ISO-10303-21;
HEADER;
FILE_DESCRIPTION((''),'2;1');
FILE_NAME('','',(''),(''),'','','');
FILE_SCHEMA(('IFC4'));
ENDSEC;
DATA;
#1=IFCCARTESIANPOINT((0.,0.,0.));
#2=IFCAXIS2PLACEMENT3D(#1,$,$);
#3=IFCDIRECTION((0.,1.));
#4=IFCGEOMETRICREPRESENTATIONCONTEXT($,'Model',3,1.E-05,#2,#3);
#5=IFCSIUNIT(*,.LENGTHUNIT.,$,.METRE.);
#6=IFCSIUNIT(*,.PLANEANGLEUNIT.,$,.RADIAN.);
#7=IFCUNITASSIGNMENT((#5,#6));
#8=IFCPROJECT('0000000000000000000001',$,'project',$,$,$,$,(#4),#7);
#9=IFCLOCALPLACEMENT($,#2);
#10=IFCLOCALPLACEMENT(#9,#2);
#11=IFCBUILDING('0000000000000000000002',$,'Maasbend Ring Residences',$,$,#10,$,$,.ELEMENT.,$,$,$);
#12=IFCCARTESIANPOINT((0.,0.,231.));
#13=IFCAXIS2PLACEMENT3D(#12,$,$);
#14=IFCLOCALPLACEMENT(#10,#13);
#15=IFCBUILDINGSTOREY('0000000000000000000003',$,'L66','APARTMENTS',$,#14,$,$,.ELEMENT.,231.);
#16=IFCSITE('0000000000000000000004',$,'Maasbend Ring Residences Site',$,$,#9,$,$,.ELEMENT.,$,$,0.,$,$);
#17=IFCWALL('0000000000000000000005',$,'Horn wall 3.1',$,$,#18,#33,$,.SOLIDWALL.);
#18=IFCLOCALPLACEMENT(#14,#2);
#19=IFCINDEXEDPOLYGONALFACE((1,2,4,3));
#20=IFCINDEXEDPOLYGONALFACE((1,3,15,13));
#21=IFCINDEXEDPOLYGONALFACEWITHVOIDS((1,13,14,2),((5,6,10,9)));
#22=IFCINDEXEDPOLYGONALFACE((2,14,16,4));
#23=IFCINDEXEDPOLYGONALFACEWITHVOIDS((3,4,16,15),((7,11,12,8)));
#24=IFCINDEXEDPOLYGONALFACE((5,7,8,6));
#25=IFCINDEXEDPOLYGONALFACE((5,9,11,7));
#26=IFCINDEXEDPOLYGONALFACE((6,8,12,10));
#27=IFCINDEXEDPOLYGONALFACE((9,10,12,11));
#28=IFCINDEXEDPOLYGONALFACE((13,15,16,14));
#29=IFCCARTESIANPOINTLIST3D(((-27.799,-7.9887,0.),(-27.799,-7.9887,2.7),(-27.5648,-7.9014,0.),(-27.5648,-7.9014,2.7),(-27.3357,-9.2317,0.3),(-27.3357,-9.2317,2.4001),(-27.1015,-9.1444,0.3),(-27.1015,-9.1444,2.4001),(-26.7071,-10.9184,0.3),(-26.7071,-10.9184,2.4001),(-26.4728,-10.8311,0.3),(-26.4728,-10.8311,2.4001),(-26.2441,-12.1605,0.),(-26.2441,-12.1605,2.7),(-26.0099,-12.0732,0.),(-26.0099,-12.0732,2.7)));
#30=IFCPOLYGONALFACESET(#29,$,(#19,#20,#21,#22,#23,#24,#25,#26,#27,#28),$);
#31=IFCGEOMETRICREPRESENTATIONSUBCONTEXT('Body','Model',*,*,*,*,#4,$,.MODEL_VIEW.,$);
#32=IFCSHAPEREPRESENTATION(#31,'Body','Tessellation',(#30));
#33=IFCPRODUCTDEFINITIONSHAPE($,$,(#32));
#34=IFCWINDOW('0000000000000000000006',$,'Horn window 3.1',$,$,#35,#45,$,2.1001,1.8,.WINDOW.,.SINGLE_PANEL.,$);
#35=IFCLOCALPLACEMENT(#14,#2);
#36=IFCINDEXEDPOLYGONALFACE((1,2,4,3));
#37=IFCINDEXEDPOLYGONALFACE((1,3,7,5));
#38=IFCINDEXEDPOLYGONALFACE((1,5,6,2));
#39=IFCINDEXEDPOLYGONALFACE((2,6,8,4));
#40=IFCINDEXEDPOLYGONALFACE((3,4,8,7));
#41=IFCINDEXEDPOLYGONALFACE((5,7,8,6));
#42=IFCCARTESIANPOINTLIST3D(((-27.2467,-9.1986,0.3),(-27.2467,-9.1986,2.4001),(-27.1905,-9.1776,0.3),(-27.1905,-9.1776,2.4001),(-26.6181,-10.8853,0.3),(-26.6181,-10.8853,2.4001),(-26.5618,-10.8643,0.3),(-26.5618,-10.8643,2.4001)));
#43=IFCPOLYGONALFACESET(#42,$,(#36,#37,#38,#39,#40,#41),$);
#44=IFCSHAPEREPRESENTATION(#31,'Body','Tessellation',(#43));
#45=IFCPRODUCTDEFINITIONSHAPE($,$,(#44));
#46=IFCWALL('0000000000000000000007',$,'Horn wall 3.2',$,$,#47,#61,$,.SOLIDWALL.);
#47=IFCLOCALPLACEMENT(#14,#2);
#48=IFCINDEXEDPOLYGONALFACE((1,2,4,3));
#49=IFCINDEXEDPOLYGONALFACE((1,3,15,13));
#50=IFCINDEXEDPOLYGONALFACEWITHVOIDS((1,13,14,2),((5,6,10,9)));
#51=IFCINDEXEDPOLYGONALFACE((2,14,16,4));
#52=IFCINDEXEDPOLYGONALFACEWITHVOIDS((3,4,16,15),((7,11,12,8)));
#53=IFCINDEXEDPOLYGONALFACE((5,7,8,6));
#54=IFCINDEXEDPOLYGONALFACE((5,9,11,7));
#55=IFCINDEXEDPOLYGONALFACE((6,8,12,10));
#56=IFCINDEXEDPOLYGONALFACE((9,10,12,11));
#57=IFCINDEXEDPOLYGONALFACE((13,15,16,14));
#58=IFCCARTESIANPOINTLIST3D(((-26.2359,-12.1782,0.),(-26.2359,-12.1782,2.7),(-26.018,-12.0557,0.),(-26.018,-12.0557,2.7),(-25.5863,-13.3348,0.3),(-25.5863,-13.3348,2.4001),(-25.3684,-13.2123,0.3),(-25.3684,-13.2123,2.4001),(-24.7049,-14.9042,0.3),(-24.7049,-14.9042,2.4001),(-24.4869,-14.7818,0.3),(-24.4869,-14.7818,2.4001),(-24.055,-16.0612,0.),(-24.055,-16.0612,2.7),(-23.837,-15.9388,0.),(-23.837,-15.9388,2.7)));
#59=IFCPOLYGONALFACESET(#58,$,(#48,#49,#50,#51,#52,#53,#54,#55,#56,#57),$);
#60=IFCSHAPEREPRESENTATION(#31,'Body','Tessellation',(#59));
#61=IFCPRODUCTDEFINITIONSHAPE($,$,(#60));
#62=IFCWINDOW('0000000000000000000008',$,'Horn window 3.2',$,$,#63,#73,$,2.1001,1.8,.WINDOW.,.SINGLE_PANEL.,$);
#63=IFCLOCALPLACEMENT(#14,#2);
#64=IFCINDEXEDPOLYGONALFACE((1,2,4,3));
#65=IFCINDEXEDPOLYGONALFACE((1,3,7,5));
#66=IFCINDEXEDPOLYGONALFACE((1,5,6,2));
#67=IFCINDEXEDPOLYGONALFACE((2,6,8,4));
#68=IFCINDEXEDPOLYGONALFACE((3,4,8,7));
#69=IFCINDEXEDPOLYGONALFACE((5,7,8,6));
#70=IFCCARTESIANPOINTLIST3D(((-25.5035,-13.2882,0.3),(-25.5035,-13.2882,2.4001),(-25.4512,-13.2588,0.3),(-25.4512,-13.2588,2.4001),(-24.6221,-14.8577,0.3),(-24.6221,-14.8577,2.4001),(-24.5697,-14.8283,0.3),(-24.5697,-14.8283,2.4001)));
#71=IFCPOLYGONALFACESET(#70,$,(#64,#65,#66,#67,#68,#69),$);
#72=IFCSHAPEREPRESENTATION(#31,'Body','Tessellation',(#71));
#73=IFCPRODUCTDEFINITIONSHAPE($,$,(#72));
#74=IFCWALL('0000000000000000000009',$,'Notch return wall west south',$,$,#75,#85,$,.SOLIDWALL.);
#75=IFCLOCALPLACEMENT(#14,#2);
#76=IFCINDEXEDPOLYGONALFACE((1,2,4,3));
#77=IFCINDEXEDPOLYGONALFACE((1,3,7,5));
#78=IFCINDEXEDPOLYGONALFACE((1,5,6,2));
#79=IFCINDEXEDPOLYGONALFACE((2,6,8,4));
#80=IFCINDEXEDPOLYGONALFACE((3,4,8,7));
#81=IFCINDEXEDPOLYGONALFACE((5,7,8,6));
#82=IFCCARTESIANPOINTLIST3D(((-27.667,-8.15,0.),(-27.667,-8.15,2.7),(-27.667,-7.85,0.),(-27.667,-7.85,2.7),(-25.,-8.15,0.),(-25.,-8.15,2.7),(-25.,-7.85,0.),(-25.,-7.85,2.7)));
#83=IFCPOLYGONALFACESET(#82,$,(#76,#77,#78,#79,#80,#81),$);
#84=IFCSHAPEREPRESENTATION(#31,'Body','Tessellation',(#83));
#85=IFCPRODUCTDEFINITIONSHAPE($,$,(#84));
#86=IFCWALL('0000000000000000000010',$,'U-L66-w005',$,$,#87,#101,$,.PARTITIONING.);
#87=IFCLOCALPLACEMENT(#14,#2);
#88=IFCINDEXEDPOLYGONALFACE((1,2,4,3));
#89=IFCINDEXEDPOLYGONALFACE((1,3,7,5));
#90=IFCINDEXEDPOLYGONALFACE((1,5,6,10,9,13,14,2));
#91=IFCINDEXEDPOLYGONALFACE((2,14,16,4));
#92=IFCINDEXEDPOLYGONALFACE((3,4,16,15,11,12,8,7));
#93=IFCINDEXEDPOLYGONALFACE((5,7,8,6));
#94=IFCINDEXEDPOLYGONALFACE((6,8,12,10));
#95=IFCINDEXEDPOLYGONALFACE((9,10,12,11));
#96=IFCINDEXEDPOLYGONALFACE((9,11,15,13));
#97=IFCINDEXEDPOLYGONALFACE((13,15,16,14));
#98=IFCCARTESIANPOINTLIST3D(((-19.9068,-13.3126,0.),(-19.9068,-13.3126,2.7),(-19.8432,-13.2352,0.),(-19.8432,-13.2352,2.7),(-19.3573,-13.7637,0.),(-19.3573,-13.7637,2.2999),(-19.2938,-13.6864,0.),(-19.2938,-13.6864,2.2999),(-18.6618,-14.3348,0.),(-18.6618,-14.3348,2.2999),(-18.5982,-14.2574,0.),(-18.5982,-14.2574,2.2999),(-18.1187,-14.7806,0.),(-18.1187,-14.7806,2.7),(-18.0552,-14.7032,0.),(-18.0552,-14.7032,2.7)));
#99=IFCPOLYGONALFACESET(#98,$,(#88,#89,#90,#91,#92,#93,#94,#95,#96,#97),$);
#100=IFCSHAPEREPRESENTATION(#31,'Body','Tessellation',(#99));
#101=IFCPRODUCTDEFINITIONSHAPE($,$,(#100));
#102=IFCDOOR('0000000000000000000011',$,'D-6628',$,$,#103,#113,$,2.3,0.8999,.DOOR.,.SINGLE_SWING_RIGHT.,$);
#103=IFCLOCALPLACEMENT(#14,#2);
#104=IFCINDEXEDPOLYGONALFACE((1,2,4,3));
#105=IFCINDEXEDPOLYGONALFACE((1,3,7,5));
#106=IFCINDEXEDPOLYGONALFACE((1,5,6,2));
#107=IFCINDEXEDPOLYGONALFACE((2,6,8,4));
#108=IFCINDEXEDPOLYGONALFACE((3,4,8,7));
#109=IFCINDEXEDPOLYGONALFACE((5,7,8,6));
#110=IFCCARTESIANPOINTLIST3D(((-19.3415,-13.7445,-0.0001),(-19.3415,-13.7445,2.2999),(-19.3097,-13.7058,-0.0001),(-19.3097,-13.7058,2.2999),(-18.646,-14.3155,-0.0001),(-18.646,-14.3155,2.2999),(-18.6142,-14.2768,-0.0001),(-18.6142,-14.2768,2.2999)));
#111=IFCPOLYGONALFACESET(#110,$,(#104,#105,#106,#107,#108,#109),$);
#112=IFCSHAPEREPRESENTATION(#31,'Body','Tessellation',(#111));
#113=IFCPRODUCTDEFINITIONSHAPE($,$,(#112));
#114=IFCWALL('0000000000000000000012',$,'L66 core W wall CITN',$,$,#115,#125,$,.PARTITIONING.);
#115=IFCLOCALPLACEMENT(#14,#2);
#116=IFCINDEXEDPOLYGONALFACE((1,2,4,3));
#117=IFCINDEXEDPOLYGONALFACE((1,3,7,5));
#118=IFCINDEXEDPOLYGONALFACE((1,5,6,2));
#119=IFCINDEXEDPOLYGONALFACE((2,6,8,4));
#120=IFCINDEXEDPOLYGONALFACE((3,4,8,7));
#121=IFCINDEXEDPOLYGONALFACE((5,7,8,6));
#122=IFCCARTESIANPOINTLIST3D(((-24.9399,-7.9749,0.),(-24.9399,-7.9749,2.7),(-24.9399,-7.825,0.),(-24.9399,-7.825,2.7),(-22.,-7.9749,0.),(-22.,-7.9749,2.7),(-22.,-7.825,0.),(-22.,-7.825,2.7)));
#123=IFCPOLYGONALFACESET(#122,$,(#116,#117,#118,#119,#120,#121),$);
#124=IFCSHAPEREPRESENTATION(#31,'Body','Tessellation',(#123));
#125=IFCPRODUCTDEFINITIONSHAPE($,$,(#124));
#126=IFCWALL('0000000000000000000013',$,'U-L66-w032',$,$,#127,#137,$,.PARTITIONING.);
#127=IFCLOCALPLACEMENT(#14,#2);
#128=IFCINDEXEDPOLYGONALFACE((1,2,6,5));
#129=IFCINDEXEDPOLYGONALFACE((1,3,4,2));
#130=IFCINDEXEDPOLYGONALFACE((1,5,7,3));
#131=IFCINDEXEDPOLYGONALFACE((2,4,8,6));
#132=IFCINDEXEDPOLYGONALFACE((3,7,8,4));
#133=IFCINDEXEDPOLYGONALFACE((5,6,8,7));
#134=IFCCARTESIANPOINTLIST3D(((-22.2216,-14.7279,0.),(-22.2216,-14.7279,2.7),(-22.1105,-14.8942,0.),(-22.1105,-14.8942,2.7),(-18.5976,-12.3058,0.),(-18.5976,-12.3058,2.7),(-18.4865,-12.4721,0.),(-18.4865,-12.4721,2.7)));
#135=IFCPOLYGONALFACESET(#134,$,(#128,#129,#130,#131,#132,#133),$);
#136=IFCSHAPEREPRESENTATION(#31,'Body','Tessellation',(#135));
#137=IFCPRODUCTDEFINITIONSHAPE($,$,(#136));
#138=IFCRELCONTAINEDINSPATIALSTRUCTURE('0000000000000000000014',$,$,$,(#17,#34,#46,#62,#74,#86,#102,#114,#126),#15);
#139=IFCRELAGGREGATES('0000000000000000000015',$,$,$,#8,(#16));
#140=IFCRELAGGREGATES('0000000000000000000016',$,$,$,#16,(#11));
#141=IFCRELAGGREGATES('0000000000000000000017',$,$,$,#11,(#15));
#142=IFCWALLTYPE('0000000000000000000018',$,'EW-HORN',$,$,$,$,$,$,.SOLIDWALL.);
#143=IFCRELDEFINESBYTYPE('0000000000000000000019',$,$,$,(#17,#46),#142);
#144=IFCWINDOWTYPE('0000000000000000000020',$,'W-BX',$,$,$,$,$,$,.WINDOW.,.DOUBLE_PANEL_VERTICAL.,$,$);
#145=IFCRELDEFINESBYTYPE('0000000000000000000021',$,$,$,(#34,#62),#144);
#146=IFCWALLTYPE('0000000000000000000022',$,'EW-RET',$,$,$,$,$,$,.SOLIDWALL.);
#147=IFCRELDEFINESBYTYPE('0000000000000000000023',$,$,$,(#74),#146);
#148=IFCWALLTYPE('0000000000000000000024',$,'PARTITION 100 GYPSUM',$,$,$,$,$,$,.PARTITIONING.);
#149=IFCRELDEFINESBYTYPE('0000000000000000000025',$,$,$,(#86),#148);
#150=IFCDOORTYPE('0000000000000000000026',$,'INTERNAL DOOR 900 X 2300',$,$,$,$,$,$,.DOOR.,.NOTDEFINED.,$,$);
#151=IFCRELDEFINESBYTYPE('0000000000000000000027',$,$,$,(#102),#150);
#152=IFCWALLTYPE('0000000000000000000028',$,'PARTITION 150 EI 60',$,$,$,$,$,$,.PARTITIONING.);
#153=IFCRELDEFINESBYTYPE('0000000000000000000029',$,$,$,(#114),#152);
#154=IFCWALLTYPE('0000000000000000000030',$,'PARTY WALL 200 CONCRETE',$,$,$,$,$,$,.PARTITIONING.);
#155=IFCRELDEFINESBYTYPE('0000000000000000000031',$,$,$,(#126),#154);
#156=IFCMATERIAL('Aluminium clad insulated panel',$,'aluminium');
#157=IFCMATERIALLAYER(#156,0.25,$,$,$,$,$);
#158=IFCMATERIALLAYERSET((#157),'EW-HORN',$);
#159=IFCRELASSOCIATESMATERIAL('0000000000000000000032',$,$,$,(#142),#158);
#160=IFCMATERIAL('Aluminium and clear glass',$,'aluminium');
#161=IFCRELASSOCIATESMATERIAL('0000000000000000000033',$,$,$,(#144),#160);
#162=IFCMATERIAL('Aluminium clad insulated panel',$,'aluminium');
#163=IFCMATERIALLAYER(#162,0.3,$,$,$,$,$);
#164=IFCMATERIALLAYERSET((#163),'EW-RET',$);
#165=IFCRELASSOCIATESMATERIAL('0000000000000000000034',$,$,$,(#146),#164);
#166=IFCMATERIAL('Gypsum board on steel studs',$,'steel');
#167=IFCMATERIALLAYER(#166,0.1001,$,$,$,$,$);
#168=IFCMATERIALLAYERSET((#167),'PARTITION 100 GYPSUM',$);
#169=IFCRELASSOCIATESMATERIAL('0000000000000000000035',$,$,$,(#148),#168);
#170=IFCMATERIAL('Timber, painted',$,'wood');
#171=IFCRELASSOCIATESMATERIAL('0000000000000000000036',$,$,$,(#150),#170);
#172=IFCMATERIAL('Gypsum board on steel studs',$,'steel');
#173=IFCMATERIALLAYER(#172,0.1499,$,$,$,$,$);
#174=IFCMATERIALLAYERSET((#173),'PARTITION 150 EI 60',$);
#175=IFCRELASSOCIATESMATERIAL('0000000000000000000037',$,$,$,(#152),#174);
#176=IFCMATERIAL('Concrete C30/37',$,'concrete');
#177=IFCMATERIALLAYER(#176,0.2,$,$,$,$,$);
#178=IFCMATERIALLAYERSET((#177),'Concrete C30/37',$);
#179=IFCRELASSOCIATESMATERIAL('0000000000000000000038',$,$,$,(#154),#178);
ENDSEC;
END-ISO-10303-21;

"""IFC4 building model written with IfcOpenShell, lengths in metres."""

from ifc_helpers import new_model, si_unit, direction, frame, frame_2d, origin, place, context, subcontext, project, spatial, rectangle, extrude, material, layer, layer_set, type_object, element, fill, save


model = new_model("IFC4")

# Units and contexts
model_context = context("Model", 3, precision=1e-05, world=origin(), true_north=direction((0.0, 1.0)))
body_context = subcontext(model_context, "Body", "Model", "MODEL_VIEW")
ifc_project = project(units=[si_unit("LENGTHUNIT", "METRE"), si_unit("PLANEANGLEUNIT", "RADIAN")], contexts=[model_context])

# Site, building, storey
site_placement = place(None, origin())
site = spatial("IfcSite", under=ifc_project, at=site_placement, Name="Maasbend Ring Residences Site", CompositionType="ELEMENT", RefElevation=0.0)
building_placement = place(site_placement, origin())
building = spatial("IfcBuilding", under=site, at=building_placement, Name="Maasbend Ring Residences", CompositionType="ELEMENT")
storey_placement = place(building_placement, frame((0.0, 0.0, 231.0)))
storey = spatial("IfcBuildingStorey", under=building, at=storey_placement, Name="L66", Description="APARTMENTS", CompositionType="ELEMENT", Elevation=231.0)

# Walls, openings, windows
ifc_material_1 = material(Name="Aluminium clad insulated panel", Category="aluminium")
ifc_layer_1 = layer(ifc_material_1, 0.25)
ifc_layer_set_1 = layer_set([ifc_layer_1], Name="EW-HORN")
wall_type_1 = type_object("IfcWallType", Name="EW-HORN", PredefinedType="SOLIDWALL", material=ifc_layer_set_1)
wall_1_placement = place(storey_placement, frame((-27.6819, -7.9451, 0.0), z_axis=(0.0, 0.0, 1.0), x_axis=(0.349248, -0.93703, 0.0)))
wall_1 = element("IfcWall", 1, at=wall_1_placement, inside=storey, type_object=wall_type_1, Name="Horn wall 3.1", PredefinedType="SOLIDWALL", context=body_context, shape_type="SweptSolid", body=[
    extrude(rectangle(XDim=4.4521, YDim=0.25, at=frame_2d((2.2261, 0.0))), origin(), (0.0, 0.0, 1.0), 2.7),
])
opening_1_placement = place(wall_1_placement, frame((1.3267, 0.0, 0.3)))
opening_1 = element("IfcOpeningElement", 2, at=opening_1_placement, cuts=wall_1, PredefinedType="OPENING", context=body_context, shape_type="SweptSolid", body=[
    extrude(rectangle(XDim=1.8, YDim=2.1001, at=frame_2d((0.8999, 1.05))), frame((0.0, 0.135, 0.0), z_axis=(0.0, -1.0, 0.0), x_axis=(1.0, 0.0, 0.0)), (0.0, 0.0, 1.0), 0.27),
])
ifc_material_2 = material(Name="Aluminium and clear glass", Category="aluminium")
window_type = type_object("IfcWindowType", Name="W-BX", PartitioningType="DOUBLE_PANEL_VERTICAL", PredefinedType="WINDOW", material=ifc_material_2)
window_1_placement = place(opening_1_placement, origin())
window_1 = element("IfcWindow", 3, at=window_1_placement, inside=storey, type_object=window_type, Name="Horn window 3.1", OverallHeight=2.1001, OverallWidth=1.8, PartitioningType="SINGLE_PANEL", PredefinedType="WINDOW", context=body_context, shape_type="SweptSolid", body=[
    extrude(rectangle(XDim=1.8, YDim=2.1001, at=frame_2d((0.8999, 1.05))), frame((0.0, 0.03, 0.0), z_axis=(0.0, -1.0, 0.0), x_axis=(1.0, 0.0, 0.0)), (0.0, 0.0, 1.0), 0.0601),
])
fill(opening_1, window_1)
wall_2_placement = place(storey_placement, frame((-26.127, -12.1169, 0.0), z_axis=(0.0, 0.0, 1.0), x_axis=(0.489696, -0.871893, 0.0)))
wall_2 = element("IfcWall", 4, at=wall_2_placement, inside=storey, type_object=wall_type_1, Name="Horn wall 3.2", PredefinedType="SOLIDWALL", context=body_context, shape_type="SweptSolid", body=[
    extrude(rectangle(XDim=4.4536, YDim=0.25, at=frame_2d((2.2268, 0.0))), origin(), (0.0, 0.0, 1.0), 2.7),
])
opening_2_placement = place(wall_2_placement, frame((1.3267, 0.0, 0.3)))
opening_2 = element("IfcOpeningElement", 5, at=opening_2_placement, cuts=wall_2, PredefinedType="OPENING", context=body_context, shape_type="SweptSolid", body=[
    extrude(rectangle(XDim=1.8, YDim=2.1001, at=frame_2d((0.8999, 1.05))), frame((0.0, 0.135, 0.0), z_axis=(0.0, -1.0, 0.0), x_axis=(1.0, 0.0, 0.0)), (0.0, 0.0, 1.0), 0.27),
])
window_2_placement = place(opening_2_placement, origin())
window_2 = element("IfcWindow", 6, at=window_2_placement, inside=storey, type_object=window_type, Name="Horn window 3.2", OverallHeight=2.1001, OverallWidth=1.8, PartitioningType="SINGLE_PANEL", PredefinedType="WINDOW", context=body_context, shape_type="SweptSolid", body=[
    extrude(rectangle(XDim=1.8, YDim=2.1001, at=frame_2d((0.8999, 1.05))), frame((0.0, 0.03, 0.0), z_axis=(0.0, -1.0, 0.0), x_axis=(1.0, 0.0, 0.0)), (0.0, 0.0, 1.0), 0.0601),
])
fill(opening_2, window_2)

# Wall
ifc_material_3 = material(Name="Aluminium clad insulated panel", Category="aluminium")
ifc_layer_2 = layer(ifc_material_3, 0.3)
ifc_layer_set_2 = layer_set([ifc_layer_2], Name="EW-RET")
wall_type_2 = type_object("IfcWallType", Name="EW-RET", PredefinedType="SOLIDWALL", material=ifc_layer_set_2)
wall_3_placement = place(storey_placement, frame((-25.0, -8.0, 0.0), z_axis=(0.0, 0.0, 1.0), x_axis=(-1.0, 0.0, 0.0)))
element("IfcWall", 7, at=wall_3_placement, inside=storey, type_object=wall_type_2, Name="Notch return wall west south", PredefinedType="SOLIDWALL", context=body_context, shape_type="SweptSolid", body=[
    extrude(rectangle(XDim=2.667, YDim=0.3, at=frame_2d((1.3335, 0.0))), origin(), (0.0, 0.0, 1.0), 2.7),
])

# Wall, opening, door
ifc_material_4 = material(Name="Gypsum board on steel studs", Category="steel")
ifc_layer_3 = layer(ifc_material_4, 0.1001)
ifc_layer_set_3 = layer_set([ifc_layer_3], Name="PARTITION 100 GYPSUM")
wall_type_3 = type_object("IfcWallType", Name="PARTITION 100 GYPSUM", PredefinedType="PARTITIONING", material=ifc_layer_set_3)
wall_4_placement = place(storey_placement, frame((-19.875, -13.2739, 0.0), z_axis=(0.0, 0.0, 1.0), x_axis=(0.772889, -0.634541, 0.0)))
wall_4 = element("IfcWall", 8, at=wall_4_placement, inside=storey, type_object=wall_type_3, Name="U-L66-w005", PredefinedType="PARTITIONING", context=body_context, shape_type="SweptSolid", body=[
    extrude(rectangle(XDim=2.3135, YDim=0.1001, at=frame_2d((1.1567, 0.0))), origin(), (0.0, 0.0, 1.0), 2.7),
])
opening_3_placement = place(wall_4_placement, frame((0.7109, 0.0, 0.0)))
opening_3 = element("IfcOpeningElement", 9, at=opening_3_placement, cuts=wall_4, PredefinedType="OPENING", context=body_context, shape_type="SweptSolid", body=[
    extrude(rectangle(XDim=0.8999, YDim=2.3, at=frame_2d((0.45, 1.1499))), frame((0.0, 0.0601, 0.0), z_axis=(0.0, -1.0, 0.0), x_axis=(1.0, 0.0, 0.0)), (0.0, 0.0, 1.0), 0.1201),
])
ifc_material_5 = material(Name="Timber, painted", Category="wood")
door_type_1 = type_object("IfcDoorType", Name="INTERNAL DOOR 900 X 2300", OperationType="NOTDEFINED", PredefinedType="DOOR", material=ifc_material_5)
door_1_placement = place(opening_3_placement, origin())
door_1 = element("IfcDoor", 10, at=door_1_placement, inside=storey, type_object=door_type_1, Name="D-6628", OperationType="SINGLE_SWING_RIGHT", OverallHeight=2.3, OverallWidth=0.8999, PredefinedType="DOOR", context=body_context, shape_type="SweptSolid", body=[
    extrude(rectangle(XDim=0.8999, YDim=2.3, at=frame_2d((0.45, 1.1499))), frame((0.0, 0.0249, 0.0), z_axis=(0.0, -1.0, 0.0), x_axis=(1.0, 0.0, 0.0)), (0.0, 0.0, 1.0), 0.05),
])
fill(opening_3, door_1)

# Walls
ifc_material_6 = material(Name="Gypsum board on steel studs", Category="steel")
ifc_layer_4 = layer(ifc_material_6, 0.1499)
ifc_layer_set_4 = layer_set([ifc_layer_4], Name="PARTITION 150 EI 60")
wall_type_4 = type_object("IfcWallType", Name="PARTITION 150 EI 60", PredefinedType="PARTITIONING", material=ifc_layer_set_4)
wall_5_placement = place(storey_placement, frame((-22.0, -7.8999, 0.0), z_axis=(0.0, 0.0, 1.0), x_axis=(-1.0, 0.0, 0.0)))
element("IfcWall", 11, at=wall_5_placement, inside=storey, type_object=wall_type_4, Name="L66 core W wall CITN", PredefinedType="PARTITIONING", context=body_context, shape_type="SweptSolid", body=[
    extrude(rectangle(XDim=2.9399, YDim=0.1499, at=frame_2d((1.47, 0.0))), origin(), (0.0, 0.0, 1.0), 2.7),
])
ifc_material_7 = material(Name="Concrete C30/37", Category="concrete")
ifc_layer_5 = layer(ifc_material_7, 0.2)
ifc_layer_set_5 = layer_set([ifc_layer_5], Name="Concrete C30/37")
wall_type_5 = type_object("IfcWallType", Name="PARTY WALL 200 CONCRETE", PredefinedType="PARTITIONING", material=ifc_layer_set_5)
wall_6_placement = place(storey_placement, frame((-22.166, -14.811, 0.0), z_axis=(0.0, 0.0, 1.0), x_axis=(0.831403, 0.555669, 0.0)))
element("IfcWall", 12, at=wall_6_placement, inside=storey, type_object=wall_type_5, Name="U-L66-w032", PredefinedType="PARTITIONING", context=body_context, shape_type="SweptSolid", body=[
    extrude(rectangle(XDim=4.3589, YDim=0.2, at=frame_2d((2.1794, 0.0))), origin(), (0.0, 0.0, 1.0), 2.7),
])

save(model, "model.ifc")
